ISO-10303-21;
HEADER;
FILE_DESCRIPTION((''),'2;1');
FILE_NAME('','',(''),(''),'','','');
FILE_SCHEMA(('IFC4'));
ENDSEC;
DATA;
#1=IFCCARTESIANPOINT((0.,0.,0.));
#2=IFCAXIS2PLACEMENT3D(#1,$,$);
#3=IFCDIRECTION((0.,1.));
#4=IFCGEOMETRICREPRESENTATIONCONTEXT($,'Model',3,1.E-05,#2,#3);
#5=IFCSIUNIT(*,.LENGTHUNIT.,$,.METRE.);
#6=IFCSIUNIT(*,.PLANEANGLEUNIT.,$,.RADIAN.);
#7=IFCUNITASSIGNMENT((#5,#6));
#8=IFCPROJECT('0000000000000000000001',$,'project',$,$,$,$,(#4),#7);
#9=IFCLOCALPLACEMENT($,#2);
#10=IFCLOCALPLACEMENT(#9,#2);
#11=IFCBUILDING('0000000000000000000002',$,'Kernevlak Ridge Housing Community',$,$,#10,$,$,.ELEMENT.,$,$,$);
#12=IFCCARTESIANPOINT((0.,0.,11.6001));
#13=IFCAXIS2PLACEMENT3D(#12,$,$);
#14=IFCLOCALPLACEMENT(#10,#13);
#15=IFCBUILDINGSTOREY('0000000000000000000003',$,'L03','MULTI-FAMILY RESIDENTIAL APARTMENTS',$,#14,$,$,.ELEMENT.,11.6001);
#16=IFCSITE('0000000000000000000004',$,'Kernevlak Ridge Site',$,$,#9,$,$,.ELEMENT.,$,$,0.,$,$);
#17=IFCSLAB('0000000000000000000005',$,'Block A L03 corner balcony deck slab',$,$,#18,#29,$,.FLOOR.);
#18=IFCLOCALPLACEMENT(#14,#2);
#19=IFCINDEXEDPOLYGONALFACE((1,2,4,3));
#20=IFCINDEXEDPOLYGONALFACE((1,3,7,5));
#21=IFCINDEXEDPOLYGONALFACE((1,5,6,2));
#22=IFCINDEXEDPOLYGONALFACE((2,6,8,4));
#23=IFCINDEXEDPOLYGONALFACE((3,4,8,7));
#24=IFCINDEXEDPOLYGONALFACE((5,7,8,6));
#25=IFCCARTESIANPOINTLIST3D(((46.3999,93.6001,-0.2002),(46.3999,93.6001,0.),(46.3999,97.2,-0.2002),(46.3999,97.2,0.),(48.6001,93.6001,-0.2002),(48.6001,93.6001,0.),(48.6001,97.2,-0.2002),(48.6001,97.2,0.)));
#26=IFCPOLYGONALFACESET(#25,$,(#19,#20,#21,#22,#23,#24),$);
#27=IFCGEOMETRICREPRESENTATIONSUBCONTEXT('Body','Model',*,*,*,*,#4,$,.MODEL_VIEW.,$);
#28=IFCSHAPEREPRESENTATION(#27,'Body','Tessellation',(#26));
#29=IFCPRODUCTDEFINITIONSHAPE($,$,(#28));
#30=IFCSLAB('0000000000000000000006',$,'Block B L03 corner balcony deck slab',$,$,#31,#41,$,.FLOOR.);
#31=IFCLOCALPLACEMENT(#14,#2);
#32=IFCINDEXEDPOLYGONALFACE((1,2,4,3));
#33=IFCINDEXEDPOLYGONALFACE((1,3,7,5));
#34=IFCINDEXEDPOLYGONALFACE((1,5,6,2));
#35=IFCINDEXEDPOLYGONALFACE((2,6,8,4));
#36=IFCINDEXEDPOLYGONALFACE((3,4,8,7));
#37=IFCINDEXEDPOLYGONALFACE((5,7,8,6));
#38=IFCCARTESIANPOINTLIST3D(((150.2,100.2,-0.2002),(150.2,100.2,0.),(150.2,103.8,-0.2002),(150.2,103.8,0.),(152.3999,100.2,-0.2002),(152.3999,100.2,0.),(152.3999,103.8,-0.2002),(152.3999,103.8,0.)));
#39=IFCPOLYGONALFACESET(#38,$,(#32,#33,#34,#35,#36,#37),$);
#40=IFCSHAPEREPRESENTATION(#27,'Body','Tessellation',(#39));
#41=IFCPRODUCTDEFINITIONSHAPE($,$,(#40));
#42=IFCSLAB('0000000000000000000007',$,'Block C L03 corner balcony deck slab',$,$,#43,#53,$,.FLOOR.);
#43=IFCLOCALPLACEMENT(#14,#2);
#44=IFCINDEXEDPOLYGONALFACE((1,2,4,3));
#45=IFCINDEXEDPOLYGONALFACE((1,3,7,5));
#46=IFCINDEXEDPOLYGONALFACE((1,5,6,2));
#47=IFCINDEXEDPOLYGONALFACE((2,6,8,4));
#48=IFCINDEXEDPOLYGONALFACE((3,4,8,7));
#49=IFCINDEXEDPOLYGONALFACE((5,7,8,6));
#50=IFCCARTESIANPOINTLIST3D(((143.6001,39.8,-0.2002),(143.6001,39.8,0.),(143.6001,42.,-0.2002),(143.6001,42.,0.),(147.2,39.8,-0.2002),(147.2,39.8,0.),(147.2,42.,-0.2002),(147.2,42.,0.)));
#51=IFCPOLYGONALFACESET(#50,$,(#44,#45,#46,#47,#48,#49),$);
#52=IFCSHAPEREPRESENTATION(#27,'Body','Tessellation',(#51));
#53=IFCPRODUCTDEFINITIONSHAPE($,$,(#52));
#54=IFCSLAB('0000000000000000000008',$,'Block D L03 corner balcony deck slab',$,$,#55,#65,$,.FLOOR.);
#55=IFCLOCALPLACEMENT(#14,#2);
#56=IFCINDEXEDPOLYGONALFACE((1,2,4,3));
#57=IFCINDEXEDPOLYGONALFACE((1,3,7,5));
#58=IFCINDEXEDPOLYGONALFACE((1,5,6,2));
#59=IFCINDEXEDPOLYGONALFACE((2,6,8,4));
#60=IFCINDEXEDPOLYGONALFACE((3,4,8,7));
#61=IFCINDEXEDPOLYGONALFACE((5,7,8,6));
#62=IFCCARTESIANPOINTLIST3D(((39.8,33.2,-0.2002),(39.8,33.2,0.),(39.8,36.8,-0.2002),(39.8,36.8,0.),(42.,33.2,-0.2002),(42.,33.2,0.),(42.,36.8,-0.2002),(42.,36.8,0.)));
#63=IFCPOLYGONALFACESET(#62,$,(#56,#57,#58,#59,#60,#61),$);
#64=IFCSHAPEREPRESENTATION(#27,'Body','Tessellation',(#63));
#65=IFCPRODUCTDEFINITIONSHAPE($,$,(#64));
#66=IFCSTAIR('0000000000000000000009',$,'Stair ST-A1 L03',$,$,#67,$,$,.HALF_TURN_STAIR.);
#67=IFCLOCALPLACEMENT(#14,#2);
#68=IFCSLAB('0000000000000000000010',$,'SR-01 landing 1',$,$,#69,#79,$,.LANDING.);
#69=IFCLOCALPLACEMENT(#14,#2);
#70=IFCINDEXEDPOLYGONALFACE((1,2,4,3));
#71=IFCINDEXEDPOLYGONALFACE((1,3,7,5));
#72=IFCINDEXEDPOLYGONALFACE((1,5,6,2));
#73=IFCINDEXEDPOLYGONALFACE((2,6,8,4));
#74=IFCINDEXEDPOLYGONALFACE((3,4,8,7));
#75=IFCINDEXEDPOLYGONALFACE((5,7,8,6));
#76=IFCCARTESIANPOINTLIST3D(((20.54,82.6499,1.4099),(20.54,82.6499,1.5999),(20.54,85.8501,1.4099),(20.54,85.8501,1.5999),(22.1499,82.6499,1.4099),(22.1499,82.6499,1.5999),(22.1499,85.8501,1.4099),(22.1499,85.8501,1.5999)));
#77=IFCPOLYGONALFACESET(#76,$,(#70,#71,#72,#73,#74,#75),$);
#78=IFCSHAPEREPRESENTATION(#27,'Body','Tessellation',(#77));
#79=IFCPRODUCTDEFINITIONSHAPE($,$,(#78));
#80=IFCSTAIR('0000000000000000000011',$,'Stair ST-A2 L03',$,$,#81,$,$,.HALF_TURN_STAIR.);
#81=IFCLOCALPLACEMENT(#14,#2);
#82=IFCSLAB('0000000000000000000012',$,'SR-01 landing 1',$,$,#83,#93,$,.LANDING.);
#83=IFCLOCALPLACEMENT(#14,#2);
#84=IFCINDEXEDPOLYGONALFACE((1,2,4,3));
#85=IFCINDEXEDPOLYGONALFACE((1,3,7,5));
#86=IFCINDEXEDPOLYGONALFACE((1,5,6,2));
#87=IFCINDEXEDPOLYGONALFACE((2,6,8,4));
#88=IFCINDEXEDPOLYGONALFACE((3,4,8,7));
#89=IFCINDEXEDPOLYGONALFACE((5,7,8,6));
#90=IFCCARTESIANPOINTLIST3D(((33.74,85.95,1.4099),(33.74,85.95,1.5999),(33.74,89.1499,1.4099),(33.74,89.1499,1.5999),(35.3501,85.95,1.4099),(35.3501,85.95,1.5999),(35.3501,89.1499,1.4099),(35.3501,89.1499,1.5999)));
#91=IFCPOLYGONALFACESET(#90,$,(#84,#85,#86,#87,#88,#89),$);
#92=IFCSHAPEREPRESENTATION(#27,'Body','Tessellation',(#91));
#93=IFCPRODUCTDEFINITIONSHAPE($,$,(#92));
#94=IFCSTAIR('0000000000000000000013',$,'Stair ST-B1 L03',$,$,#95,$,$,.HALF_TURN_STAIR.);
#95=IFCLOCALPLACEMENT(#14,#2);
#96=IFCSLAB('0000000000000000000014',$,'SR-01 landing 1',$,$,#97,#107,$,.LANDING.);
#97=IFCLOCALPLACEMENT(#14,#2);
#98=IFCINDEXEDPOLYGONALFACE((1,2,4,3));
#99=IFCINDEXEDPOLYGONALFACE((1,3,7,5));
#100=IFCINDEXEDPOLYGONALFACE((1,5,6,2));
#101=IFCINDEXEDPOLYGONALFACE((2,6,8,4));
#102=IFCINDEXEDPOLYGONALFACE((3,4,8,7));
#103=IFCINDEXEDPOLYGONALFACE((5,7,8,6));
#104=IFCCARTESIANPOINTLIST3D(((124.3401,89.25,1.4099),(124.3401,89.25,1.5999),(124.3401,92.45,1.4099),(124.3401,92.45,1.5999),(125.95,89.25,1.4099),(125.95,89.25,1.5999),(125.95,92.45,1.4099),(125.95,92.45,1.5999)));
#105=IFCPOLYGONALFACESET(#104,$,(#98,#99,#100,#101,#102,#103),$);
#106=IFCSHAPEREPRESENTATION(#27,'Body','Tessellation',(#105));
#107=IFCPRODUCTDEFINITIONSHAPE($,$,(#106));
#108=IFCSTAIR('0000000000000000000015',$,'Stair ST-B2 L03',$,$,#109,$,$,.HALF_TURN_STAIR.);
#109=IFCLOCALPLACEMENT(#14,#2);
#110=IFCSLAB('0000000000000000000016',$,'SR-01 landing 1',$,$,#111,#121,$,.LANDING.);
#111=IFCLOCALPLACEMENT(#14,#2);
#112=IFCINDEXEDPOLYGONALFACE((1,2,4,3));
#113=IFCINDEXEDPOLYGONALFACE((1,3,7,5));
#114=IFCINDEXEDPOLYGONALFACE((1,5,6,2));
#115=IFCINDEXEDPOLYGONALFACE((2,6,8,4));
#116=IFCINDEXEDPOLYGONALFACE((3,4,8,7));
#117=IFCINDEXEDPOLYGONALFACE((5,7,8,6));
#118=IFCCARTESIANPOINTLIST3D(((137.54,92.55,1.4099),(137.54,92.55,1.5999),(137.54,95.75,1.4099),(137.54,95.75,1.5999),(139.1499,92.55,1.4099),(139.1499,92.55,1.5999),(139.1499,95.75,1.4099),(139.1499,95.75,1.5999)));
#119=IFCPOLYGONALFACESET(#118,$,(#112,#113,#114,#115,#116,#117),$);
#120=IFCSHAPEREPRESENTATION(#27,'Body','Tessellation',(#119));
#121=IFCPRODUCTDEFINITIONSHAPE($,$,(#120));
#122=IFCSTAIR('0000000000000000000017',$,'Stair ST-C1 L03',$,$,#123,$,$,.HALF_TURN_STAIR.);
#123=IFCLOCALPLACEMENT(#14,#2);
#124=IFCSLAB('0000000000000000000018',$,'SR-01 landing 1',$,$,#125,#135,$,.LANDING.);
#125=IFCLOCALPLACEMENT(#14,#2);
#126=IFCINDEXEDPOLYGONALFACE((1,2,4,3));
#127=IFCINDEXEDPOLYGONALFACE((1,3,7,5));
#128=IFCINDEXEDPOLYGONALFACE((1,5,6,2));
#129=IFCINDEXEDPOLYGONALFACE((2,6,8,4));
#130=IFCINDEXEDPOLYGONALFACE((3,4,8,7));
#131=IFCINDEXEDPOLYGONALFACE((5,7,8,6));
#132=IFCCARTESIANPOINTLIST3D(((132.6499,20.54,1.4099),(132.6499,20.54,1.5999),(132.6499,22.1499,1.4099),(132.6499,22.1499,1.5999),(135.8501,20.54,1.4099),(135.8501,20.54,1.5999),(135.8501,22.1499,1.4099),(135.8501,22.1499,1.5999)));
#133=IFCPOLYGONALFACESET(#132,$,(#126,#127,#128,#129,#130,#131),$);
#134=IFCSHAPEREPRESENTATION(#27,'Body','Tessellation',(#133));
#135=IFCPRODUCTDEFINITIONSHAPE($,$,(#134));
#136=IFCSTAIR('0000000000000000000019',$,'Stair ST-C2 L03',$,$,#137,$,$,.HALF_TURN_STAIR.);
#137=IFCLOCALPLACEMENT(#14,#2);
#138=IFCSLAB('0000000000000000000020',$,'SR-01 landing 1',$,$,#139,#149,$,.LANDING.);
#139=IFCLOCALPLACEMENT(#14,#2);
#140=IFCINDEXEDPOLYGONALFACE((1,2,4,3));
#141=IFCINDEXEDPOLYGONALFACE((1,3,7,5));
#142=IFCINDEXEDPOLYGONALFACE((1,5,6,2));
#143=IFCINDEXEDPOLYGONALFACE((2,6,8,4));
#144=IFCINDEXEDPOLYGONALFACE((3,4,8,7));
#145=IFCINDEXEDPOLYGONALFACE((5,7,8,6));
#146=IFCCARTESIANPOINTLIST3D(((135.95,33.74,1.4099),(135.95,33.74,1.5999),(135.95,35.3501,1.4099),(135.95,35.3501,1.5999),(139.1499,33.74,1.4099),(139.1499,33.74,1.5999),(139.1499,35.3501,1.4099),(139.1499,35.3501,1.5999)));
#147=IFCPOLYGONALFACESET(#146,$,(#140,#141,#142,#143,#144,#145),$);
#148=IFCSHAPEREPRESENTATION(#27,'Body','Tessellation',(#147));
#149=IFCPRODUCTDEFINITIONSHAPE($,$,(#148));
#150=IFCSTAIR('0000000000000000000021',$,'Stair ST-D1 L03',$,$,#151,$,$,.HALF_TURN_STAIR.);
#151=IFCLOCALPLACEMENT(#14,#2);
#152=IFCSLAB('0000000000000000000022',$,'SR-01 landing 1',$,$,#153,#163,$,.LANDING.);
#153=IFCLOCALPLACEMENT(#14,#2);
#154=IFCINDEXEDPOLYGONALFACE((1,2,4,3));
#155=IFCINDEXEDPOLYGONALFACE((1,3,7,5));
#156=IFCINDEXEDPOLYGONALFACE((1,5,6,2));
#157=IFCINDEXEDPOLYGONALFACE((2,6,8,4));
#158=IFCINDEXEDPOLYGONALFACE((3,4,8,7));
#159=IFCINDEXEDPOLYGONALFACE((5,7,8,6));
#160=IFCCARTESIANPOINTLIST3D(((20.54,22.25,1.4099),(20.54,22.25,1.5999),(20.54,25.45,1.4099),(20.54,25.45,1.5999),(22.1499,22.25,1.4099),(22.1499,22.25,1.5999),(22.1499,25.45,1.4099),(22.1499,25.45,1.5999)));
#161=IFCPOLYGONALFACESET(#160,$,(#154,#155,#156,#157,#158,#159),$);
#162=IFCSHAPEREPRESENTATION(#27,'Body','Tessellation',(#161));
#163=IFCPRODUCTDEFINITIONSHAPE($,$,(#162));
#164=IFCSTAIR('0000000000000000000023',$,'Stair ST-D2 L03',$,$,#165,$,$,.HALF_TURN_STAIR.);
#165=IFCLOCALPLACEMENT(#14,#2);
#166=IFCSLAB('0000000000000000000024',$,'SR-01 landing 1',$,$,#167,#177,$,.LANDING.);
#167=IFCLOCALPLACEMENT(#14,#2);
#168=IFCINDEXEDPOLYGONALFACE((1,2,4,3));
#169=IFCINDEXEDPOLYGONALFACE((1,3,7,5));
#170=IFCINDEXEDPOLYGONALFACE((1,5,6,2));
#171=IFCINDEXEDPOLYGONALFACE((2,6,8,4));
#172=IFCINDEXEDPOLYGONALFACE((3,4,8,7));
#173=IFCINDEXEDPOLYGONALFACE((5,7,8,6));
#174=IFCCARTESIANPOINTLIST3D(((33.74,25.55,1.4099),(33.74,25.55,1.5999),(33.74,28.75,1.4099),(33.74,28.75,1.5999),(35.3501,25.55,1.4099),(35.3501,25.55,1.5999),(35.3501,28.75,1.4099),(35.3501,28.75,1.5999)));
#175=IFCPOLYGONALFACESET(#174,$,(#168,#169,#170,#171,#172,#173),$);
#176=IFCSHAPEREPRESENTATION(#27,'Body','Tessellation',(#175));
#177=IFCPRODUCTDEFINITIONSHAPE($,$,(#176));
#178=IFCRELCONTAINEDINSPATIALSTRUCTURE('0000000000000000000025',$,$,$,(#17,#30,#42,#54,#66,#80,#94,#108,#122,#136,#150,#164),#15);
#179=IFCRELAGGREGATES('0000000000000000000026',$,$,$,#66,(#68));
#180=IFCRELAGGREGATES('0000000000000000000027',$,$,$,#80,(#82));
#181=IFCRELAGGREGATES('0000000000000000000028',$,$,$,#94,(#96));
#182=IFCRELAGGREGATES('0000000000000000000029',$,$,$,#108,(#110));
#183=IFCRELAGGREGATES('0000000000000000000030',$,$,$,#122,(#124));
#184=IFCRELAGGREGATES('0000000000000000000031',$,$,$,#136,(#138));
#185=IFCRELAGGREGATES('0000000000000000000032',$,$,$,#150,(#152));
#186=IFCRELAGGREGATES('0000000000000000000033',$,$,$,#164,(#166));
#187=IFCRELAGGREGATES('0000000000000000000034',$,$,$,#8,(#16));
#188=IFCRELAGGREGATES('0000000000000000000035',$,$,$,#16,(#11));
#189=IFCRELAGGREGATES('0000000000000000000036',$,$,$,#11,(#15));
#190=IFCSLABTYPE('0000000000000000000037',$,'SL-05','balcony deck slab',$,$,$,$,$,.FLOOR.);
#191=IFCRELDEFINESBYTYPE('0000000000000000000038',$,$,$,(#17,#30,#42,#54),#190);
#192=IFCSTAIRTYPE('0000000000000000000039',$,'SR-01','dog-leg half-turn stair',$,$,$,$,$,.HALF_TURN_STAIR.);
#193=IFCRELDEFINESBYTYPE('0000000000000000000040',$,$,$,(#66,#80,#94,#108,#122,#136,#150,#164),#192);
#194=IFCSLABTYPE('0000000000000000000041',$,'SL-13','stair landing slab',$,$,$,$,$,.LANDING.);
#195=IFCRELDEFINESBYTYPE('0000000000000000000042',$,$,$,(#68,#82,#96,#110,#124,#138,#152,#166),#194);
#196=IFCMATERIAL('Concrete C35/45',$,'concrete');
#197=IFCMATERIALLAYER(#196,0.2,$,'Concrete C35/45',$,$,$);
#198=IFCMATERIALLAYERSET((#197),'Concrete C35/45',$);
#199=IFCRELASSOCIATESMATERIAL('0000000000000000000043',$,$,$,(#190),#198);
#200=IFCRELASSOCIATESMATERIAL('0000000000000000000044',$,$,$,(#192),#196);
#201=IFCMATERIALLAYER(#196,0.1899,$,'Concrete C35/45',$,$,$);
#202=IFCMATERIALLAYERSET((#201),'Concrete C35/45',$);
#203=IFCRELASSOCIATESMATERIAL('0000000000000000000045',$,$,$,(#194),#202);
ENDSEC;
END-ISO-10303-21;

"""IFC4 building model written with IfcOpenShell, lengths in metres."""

from ifc_helpers import new_model, si_unit, direction, frame, origin, place, context, subcontext, project, spatial, polyline, outline, extrude, material, layer, layer_set, type_object, element, aggregate, save


model = new_model("IFC4")

# Units and contexts
model_context = context("Model", 3, precision=1e-05, world=origin(), true_north=direction((0.0, 1.0)))
body_context = subcontext(model_context, "Body", "Model", "MODEL_VIEW")
ifc_project = project(units=[si_unit("LENGTHUNIT", "METRE"), si_unit("PLANEANGLEUNIT", "RADIAN")], contexts=[model_context])

# Site, building, storey
site_placement = place(None, origin())
site = spatial("IfcSite", under=ifc_project, at=site_placement, Name="Kernevlak Ridge Site", CompositionType="ELEMENT", RefElevation=0.0)
building_placement = place(site_placement, origin())
building = spatial("IfcBuilding", under=site, at=building_placement, Name="Kernevlak Ridge Housing Community", CompositionType="ELEMENT")
storey_placement = place(building_placement, frame((0.0, 0.0, 11.6001)))
storey = spatial("IfcBuildingStorey", under=building, at=storey_placement, Name="L03", Description="MULTI-FAMILY RESIDENTIAL APARTMENTS", CompositionType="ELEMENT", Elevation=11.6001)

# Shared definitions
ifc_material_1 = material(Name="Concrete C35/45", Category="concrete")

# Slabs
ifc_layer_1 = layer(ifc_material_1, 0.2, Name="Concrete C35/45")
ifc_layer_set_1 = layer_set([ifc_layer_1], Name="Concrete C35/45")
slab_type_1 = type_object("IfcSlabType", Name="SL-05", Description="balcony deck slab", PredefinedType="FLOOR", material=ifc_layer_set_1)
slab_1_placement = place(storey_placement, frame((0.0, 0.0, -0.2002)))
element("IfcSlab", 1, at=slab_1_placement, inside=storey, type_object=slab_type_1, Name="Block A L03 corner balcony deck slab", PredefinedType="FLOOR", context=body_context, shape_type="SweptSolid", body=[
    extrude(outline(polyline([(46.3999, 93.6001), (48.6001, 93.6001), (48.6001, 97.2), (46.3999, 97.2), (46.3999, 93.6001)])), origin(), (0.0, 0.0, 1.0), 0.2002),
])
slab_2_placement = place(storey_placement, frame((0.0, 0.0, -0.2002)))
element("IfcSlab", 2, at=slab_2_placement, inside=storey, type_object=slab_type_1, Name="Block B L03 corner balcony deck slab", PredefinedType="FLOOR", context=body_context, shape_type="SweptSolid", body=[
    extrude(outline(polyline([(150.2, 100.2), (152.3999, 100.2), (152.3999, 103.8), (150.2, 103.8), (150.2, 100.2)])), origin(), (0.0, 0.0, 1.0), 0.2002),
])
slab_3_placement = place(storey_placement, frame((0.0, 0.0, -0.2002)))
element("IfcSlab", 3, at=slab_3_placement, inside=storey, type_object=slab_type_1, Name="Block C L03 corner balcony deck slab", PredefinedType="FLOOR", context=body_context, shape_type="SweptSolid", body=[
    extrude(outline(polyline([(147.2, 39.8), (147.2, 42.0), (143.6001, 42.0), (143.6001, 39.8), (147.2, 39.8)])), origin(), (0.0, 0.0, 1.0), 0.2002),
])
slab_4_placement = place(storey_placement, frame((0.0, 0.0, -0.2002)))
element("IfcSlab", 4, at=slab_4_placement, inside=storey, type_object=slab_type_1, Name="Block D L03 corner balcony deck slab", PredefinedType="FLOOR", context=body_context, shape_type="SweptSolid", body=[
    extrude(outline(polyline([(39.8, 33.2), (42.0, 33.2), (42.0, 36.8), (39.8, 36.8), (39.8, 33.2)])), origin(), (0.0, 0.0, 1.0), 0.2002),
])

# Stairs, slabs
stair_type = type_object("IfcStairType", Name="SR-01", Description="dog-leg half-turn stair", PredefinedType="HALF_TURN_STAIR", material=ifc_material_1)
stair_1_placement = place(storey_placement, origin())
stair_1 = element("IfcStair", 5, at=stair_1_placement, inside=storey, type_object=stair_type, Name="Stair ST-A1 L03", PredefinedType="HALF_TURN_STAIR")
ifc_layer_2 = layer(ifc_material_1, 0.1899, Name="Concrete C35/45")
ifc_layer_set_2 = layer_set([ifc_layer_2], Name="Concrete C35/45")
slab_type_2 = type_object("IfcSlabType", Name="SL-13", Description="stair landing slab", PredefinedType="LANDING", material=ifc_layer_set_2)
slab_5_placement = place(storey_placement, frame((0.0, 0.0, 1.4099)))
slab_5 = element("IfcSlab", 6, at=slab_5_placement, type_object=slab_type_2, Name="SR-01 landing 1", PredefinedType="LANDING", context=body_context, shape_type="SweptSolid", body=[
    extrude(outline(polyline([(20.54, 82.6499), (22.1499, 82.6499), (22.1499, 85.8501), (20.54, 85.8501), (20.54, 82.6499)])), origin(), (0.0, 0.0, 1.0), 0.1899),
])
aggregate(stair_1, [slab_5])
stair_2_placement = place(storey_placement, origin())
stair_2 = element("IfcStair", 7, at=stair_2_placement, inside=storey, type_object=stair_type, Name="Stair ST-A2 L03", PredefinedType="HALF_TURN_STAIR")
slab_6_placement = place(storey_placement, frame((0.0, 0.0, 1.4099)))
slab_6 = element("IfcSlab", 8, at=slab_6_placement, type_object=slab_type_2, Name="SR-01 landing 1", PredefinedType="LANDING", context=body_context, shape_type="SweptSolid", body=[
    extrude(outline(polyline([(33.74, 85.95), (35.3501, 85.95), (35.3501, 89.1499), (33.74, 89.1499), (33.74, 85.95)])), origin(), (0.0, 0.0, 1.0), 0.1899),
])
aggregate(stair_2, [slab_6])
stair_3_placement = place(storey_placement, origin())
stair_3 = element("IfcStair", 9, at=stair_3_placement, inside=storey, type_object=stair_type, Name="Stair ST-B1 L03", PredefinedType="HALF_TURN_STAIR")
slab_7_placement = place(storey_placement, frame((0.0, 0.0, 1.4099)))
slab_7 = element("IfcSlab", 10, at=slab_7_placement, type_object=slab_type_2, Name="SR-01 landing 1", PredefinedType="LANDING", context=body_context, shape_type="SweptSolid", body=[
    extrude(outline(polyline([(124.3401, 89.25), (125.95, 89.25), (125.95, 92.45), (124.3401, 92.45), (124.3401, 89.25)])), origin(), (0.0, 0.0, 1.0), 0.1899),
])
aggregate(stair_3, [slab_7])
stair_4_placement = place(storey_placement, origin())
stair_4 = element("IfcStair", 11, at=stair_4_placement, inside=storey, type_object=stair_type, Name="Stair ST-B2 L03", PredefinedType="HALF_TURN_STAIR")
slab_8_placement = place(storey_placement, frame((0.0, 0.0, 1.4099)))
slab_8 = element("IfcSlab", 12, at=slab_8_placement, type_object=slab_type_2, Name="SR-01 landing 1", PredefinedType="LANDING", context=body_context, shape_type="SweptSolid", body=[
    extrude(outline(polyline([(137.54, 92.55), (139.1499, 92.55), (139.1499, 95.75), (137.54, 95.75), (137.54, 92.55)])), origin(), (0.0, 0.0, 1.0), 0.1899),
])
aggregate(stair_4, [slab_8])
stair_5_placement = place(storey_placement, origin())
stair_5 = element("IfcStair", 13, at=stair_5_placement, inside=storey, type_object=stair_type, Name="Stair ST-C1 L03", PredefinedType="HALF_TURN_STAIR")
slab_9_placement = place(storey_placement, frame((0.0, 0.0, 1.4099)))
slab_9 = element("IfcSlab", 14, at=slab_9_placement, type_object=slab_type_2, Name="SR-01 landing 1", PredefinedType="LANDING", context=body_context, shape_type="SweptSolid", body=[
    extrude(outline(polyline([(135.8501, 20.54), (135.8501, 22.1499), (132.6499, 22.1499), (132.6499, 20.54), (135.8501, 20.54)])), origin(), (0.0, 0.0, 1.0), 0.1899),
])
aggregate(stair_5, [slab_9])
stair_6_placement = place(storey_placement, origin())
stair_6 = element("IfcStair", 15, at=stair_6_placement, inside=storey, type_object=stair_type, Name="Stair ST-C2 L03", PredefinedType="HALF_TURN_STAIR")
slab_10_placement = place(storey_placement, frame((0.0, 0.0, 1.4099)))
slab_10 = element("IfcSlab", 16, at=slab_10_placement, type_object=slab_type_2, Name="SR-01 landing 1", PredefinedType="LANDING", context=body_context, shape_type="SweptSolid", body=[
    extrude(outline(polyline([(139.1499, 33.74), (139.1499, 35.3501), (135.95, 35.3501), (135.95, 33.74), (139.1499, 33.74)])), origin(), (0.0, 0.0, 1.0), 0.1899),
])
aggregate(stair_6, [slab_10])
stair_7_placement = place(storey_placement, origin())
stair_7 = element("IfcStair", 17, at=stair_7_placement, inside=storey, type_object=stair_type, Name="Stair ST-D1 L03", PredefinedType="HALF_TURN_STAIR")
slab_11_placement = place(storey_placement, frame((0.0, 0.0, 1.4099)))
slab_11 = element("IfcSlab", 18, at=slab_11_placement, type_object=slab_type_2, Name="SR-01 landing 1", PredefinedType="LANDING", context=body_context, shape_type="SweptSolid", body=[
    extrude(outline(polyline([(20.54, 22.25), (22.1499, 22.25), (22.1499, 25.45), (20.54, 25.45), (20.54, 22.25)])), origin(), (0.0, 0.0, 1.0), 0.1899),
])
aggregate(stair_7, [slab_11])
stair_8_placement = place(storey_placement, origin())
stair_8 = element("IfcStair", 19, at=stair_8_placement, inside=storey, type_object=stair_type, Name="Stair ST-D2 L03", PredefinedType="HALF_TURN_STAIR")
slab_12_placement = place(storey_placement, frame((0.0, 0.0, 1.4099)))
slab_12 = element("IfcSlab", 20, at=slab_12_placement, type_object=slab_type_2, Name="SR-01 landing 1", PredefinedType="LANDING", context=body_context, shape_type="SweptSolid", body=[
    extrude(outline(polyline([(33.74, 25.55), (35.3501, 25.55), (35.3501, 28.75), (33.74, 28.75), (33.74, 25.55)])), origin(), (0.0, 0.0, 1.0), 0.1899),
])
aggregate(stair_8, [slab_12])

save(model, "model.ifc")
